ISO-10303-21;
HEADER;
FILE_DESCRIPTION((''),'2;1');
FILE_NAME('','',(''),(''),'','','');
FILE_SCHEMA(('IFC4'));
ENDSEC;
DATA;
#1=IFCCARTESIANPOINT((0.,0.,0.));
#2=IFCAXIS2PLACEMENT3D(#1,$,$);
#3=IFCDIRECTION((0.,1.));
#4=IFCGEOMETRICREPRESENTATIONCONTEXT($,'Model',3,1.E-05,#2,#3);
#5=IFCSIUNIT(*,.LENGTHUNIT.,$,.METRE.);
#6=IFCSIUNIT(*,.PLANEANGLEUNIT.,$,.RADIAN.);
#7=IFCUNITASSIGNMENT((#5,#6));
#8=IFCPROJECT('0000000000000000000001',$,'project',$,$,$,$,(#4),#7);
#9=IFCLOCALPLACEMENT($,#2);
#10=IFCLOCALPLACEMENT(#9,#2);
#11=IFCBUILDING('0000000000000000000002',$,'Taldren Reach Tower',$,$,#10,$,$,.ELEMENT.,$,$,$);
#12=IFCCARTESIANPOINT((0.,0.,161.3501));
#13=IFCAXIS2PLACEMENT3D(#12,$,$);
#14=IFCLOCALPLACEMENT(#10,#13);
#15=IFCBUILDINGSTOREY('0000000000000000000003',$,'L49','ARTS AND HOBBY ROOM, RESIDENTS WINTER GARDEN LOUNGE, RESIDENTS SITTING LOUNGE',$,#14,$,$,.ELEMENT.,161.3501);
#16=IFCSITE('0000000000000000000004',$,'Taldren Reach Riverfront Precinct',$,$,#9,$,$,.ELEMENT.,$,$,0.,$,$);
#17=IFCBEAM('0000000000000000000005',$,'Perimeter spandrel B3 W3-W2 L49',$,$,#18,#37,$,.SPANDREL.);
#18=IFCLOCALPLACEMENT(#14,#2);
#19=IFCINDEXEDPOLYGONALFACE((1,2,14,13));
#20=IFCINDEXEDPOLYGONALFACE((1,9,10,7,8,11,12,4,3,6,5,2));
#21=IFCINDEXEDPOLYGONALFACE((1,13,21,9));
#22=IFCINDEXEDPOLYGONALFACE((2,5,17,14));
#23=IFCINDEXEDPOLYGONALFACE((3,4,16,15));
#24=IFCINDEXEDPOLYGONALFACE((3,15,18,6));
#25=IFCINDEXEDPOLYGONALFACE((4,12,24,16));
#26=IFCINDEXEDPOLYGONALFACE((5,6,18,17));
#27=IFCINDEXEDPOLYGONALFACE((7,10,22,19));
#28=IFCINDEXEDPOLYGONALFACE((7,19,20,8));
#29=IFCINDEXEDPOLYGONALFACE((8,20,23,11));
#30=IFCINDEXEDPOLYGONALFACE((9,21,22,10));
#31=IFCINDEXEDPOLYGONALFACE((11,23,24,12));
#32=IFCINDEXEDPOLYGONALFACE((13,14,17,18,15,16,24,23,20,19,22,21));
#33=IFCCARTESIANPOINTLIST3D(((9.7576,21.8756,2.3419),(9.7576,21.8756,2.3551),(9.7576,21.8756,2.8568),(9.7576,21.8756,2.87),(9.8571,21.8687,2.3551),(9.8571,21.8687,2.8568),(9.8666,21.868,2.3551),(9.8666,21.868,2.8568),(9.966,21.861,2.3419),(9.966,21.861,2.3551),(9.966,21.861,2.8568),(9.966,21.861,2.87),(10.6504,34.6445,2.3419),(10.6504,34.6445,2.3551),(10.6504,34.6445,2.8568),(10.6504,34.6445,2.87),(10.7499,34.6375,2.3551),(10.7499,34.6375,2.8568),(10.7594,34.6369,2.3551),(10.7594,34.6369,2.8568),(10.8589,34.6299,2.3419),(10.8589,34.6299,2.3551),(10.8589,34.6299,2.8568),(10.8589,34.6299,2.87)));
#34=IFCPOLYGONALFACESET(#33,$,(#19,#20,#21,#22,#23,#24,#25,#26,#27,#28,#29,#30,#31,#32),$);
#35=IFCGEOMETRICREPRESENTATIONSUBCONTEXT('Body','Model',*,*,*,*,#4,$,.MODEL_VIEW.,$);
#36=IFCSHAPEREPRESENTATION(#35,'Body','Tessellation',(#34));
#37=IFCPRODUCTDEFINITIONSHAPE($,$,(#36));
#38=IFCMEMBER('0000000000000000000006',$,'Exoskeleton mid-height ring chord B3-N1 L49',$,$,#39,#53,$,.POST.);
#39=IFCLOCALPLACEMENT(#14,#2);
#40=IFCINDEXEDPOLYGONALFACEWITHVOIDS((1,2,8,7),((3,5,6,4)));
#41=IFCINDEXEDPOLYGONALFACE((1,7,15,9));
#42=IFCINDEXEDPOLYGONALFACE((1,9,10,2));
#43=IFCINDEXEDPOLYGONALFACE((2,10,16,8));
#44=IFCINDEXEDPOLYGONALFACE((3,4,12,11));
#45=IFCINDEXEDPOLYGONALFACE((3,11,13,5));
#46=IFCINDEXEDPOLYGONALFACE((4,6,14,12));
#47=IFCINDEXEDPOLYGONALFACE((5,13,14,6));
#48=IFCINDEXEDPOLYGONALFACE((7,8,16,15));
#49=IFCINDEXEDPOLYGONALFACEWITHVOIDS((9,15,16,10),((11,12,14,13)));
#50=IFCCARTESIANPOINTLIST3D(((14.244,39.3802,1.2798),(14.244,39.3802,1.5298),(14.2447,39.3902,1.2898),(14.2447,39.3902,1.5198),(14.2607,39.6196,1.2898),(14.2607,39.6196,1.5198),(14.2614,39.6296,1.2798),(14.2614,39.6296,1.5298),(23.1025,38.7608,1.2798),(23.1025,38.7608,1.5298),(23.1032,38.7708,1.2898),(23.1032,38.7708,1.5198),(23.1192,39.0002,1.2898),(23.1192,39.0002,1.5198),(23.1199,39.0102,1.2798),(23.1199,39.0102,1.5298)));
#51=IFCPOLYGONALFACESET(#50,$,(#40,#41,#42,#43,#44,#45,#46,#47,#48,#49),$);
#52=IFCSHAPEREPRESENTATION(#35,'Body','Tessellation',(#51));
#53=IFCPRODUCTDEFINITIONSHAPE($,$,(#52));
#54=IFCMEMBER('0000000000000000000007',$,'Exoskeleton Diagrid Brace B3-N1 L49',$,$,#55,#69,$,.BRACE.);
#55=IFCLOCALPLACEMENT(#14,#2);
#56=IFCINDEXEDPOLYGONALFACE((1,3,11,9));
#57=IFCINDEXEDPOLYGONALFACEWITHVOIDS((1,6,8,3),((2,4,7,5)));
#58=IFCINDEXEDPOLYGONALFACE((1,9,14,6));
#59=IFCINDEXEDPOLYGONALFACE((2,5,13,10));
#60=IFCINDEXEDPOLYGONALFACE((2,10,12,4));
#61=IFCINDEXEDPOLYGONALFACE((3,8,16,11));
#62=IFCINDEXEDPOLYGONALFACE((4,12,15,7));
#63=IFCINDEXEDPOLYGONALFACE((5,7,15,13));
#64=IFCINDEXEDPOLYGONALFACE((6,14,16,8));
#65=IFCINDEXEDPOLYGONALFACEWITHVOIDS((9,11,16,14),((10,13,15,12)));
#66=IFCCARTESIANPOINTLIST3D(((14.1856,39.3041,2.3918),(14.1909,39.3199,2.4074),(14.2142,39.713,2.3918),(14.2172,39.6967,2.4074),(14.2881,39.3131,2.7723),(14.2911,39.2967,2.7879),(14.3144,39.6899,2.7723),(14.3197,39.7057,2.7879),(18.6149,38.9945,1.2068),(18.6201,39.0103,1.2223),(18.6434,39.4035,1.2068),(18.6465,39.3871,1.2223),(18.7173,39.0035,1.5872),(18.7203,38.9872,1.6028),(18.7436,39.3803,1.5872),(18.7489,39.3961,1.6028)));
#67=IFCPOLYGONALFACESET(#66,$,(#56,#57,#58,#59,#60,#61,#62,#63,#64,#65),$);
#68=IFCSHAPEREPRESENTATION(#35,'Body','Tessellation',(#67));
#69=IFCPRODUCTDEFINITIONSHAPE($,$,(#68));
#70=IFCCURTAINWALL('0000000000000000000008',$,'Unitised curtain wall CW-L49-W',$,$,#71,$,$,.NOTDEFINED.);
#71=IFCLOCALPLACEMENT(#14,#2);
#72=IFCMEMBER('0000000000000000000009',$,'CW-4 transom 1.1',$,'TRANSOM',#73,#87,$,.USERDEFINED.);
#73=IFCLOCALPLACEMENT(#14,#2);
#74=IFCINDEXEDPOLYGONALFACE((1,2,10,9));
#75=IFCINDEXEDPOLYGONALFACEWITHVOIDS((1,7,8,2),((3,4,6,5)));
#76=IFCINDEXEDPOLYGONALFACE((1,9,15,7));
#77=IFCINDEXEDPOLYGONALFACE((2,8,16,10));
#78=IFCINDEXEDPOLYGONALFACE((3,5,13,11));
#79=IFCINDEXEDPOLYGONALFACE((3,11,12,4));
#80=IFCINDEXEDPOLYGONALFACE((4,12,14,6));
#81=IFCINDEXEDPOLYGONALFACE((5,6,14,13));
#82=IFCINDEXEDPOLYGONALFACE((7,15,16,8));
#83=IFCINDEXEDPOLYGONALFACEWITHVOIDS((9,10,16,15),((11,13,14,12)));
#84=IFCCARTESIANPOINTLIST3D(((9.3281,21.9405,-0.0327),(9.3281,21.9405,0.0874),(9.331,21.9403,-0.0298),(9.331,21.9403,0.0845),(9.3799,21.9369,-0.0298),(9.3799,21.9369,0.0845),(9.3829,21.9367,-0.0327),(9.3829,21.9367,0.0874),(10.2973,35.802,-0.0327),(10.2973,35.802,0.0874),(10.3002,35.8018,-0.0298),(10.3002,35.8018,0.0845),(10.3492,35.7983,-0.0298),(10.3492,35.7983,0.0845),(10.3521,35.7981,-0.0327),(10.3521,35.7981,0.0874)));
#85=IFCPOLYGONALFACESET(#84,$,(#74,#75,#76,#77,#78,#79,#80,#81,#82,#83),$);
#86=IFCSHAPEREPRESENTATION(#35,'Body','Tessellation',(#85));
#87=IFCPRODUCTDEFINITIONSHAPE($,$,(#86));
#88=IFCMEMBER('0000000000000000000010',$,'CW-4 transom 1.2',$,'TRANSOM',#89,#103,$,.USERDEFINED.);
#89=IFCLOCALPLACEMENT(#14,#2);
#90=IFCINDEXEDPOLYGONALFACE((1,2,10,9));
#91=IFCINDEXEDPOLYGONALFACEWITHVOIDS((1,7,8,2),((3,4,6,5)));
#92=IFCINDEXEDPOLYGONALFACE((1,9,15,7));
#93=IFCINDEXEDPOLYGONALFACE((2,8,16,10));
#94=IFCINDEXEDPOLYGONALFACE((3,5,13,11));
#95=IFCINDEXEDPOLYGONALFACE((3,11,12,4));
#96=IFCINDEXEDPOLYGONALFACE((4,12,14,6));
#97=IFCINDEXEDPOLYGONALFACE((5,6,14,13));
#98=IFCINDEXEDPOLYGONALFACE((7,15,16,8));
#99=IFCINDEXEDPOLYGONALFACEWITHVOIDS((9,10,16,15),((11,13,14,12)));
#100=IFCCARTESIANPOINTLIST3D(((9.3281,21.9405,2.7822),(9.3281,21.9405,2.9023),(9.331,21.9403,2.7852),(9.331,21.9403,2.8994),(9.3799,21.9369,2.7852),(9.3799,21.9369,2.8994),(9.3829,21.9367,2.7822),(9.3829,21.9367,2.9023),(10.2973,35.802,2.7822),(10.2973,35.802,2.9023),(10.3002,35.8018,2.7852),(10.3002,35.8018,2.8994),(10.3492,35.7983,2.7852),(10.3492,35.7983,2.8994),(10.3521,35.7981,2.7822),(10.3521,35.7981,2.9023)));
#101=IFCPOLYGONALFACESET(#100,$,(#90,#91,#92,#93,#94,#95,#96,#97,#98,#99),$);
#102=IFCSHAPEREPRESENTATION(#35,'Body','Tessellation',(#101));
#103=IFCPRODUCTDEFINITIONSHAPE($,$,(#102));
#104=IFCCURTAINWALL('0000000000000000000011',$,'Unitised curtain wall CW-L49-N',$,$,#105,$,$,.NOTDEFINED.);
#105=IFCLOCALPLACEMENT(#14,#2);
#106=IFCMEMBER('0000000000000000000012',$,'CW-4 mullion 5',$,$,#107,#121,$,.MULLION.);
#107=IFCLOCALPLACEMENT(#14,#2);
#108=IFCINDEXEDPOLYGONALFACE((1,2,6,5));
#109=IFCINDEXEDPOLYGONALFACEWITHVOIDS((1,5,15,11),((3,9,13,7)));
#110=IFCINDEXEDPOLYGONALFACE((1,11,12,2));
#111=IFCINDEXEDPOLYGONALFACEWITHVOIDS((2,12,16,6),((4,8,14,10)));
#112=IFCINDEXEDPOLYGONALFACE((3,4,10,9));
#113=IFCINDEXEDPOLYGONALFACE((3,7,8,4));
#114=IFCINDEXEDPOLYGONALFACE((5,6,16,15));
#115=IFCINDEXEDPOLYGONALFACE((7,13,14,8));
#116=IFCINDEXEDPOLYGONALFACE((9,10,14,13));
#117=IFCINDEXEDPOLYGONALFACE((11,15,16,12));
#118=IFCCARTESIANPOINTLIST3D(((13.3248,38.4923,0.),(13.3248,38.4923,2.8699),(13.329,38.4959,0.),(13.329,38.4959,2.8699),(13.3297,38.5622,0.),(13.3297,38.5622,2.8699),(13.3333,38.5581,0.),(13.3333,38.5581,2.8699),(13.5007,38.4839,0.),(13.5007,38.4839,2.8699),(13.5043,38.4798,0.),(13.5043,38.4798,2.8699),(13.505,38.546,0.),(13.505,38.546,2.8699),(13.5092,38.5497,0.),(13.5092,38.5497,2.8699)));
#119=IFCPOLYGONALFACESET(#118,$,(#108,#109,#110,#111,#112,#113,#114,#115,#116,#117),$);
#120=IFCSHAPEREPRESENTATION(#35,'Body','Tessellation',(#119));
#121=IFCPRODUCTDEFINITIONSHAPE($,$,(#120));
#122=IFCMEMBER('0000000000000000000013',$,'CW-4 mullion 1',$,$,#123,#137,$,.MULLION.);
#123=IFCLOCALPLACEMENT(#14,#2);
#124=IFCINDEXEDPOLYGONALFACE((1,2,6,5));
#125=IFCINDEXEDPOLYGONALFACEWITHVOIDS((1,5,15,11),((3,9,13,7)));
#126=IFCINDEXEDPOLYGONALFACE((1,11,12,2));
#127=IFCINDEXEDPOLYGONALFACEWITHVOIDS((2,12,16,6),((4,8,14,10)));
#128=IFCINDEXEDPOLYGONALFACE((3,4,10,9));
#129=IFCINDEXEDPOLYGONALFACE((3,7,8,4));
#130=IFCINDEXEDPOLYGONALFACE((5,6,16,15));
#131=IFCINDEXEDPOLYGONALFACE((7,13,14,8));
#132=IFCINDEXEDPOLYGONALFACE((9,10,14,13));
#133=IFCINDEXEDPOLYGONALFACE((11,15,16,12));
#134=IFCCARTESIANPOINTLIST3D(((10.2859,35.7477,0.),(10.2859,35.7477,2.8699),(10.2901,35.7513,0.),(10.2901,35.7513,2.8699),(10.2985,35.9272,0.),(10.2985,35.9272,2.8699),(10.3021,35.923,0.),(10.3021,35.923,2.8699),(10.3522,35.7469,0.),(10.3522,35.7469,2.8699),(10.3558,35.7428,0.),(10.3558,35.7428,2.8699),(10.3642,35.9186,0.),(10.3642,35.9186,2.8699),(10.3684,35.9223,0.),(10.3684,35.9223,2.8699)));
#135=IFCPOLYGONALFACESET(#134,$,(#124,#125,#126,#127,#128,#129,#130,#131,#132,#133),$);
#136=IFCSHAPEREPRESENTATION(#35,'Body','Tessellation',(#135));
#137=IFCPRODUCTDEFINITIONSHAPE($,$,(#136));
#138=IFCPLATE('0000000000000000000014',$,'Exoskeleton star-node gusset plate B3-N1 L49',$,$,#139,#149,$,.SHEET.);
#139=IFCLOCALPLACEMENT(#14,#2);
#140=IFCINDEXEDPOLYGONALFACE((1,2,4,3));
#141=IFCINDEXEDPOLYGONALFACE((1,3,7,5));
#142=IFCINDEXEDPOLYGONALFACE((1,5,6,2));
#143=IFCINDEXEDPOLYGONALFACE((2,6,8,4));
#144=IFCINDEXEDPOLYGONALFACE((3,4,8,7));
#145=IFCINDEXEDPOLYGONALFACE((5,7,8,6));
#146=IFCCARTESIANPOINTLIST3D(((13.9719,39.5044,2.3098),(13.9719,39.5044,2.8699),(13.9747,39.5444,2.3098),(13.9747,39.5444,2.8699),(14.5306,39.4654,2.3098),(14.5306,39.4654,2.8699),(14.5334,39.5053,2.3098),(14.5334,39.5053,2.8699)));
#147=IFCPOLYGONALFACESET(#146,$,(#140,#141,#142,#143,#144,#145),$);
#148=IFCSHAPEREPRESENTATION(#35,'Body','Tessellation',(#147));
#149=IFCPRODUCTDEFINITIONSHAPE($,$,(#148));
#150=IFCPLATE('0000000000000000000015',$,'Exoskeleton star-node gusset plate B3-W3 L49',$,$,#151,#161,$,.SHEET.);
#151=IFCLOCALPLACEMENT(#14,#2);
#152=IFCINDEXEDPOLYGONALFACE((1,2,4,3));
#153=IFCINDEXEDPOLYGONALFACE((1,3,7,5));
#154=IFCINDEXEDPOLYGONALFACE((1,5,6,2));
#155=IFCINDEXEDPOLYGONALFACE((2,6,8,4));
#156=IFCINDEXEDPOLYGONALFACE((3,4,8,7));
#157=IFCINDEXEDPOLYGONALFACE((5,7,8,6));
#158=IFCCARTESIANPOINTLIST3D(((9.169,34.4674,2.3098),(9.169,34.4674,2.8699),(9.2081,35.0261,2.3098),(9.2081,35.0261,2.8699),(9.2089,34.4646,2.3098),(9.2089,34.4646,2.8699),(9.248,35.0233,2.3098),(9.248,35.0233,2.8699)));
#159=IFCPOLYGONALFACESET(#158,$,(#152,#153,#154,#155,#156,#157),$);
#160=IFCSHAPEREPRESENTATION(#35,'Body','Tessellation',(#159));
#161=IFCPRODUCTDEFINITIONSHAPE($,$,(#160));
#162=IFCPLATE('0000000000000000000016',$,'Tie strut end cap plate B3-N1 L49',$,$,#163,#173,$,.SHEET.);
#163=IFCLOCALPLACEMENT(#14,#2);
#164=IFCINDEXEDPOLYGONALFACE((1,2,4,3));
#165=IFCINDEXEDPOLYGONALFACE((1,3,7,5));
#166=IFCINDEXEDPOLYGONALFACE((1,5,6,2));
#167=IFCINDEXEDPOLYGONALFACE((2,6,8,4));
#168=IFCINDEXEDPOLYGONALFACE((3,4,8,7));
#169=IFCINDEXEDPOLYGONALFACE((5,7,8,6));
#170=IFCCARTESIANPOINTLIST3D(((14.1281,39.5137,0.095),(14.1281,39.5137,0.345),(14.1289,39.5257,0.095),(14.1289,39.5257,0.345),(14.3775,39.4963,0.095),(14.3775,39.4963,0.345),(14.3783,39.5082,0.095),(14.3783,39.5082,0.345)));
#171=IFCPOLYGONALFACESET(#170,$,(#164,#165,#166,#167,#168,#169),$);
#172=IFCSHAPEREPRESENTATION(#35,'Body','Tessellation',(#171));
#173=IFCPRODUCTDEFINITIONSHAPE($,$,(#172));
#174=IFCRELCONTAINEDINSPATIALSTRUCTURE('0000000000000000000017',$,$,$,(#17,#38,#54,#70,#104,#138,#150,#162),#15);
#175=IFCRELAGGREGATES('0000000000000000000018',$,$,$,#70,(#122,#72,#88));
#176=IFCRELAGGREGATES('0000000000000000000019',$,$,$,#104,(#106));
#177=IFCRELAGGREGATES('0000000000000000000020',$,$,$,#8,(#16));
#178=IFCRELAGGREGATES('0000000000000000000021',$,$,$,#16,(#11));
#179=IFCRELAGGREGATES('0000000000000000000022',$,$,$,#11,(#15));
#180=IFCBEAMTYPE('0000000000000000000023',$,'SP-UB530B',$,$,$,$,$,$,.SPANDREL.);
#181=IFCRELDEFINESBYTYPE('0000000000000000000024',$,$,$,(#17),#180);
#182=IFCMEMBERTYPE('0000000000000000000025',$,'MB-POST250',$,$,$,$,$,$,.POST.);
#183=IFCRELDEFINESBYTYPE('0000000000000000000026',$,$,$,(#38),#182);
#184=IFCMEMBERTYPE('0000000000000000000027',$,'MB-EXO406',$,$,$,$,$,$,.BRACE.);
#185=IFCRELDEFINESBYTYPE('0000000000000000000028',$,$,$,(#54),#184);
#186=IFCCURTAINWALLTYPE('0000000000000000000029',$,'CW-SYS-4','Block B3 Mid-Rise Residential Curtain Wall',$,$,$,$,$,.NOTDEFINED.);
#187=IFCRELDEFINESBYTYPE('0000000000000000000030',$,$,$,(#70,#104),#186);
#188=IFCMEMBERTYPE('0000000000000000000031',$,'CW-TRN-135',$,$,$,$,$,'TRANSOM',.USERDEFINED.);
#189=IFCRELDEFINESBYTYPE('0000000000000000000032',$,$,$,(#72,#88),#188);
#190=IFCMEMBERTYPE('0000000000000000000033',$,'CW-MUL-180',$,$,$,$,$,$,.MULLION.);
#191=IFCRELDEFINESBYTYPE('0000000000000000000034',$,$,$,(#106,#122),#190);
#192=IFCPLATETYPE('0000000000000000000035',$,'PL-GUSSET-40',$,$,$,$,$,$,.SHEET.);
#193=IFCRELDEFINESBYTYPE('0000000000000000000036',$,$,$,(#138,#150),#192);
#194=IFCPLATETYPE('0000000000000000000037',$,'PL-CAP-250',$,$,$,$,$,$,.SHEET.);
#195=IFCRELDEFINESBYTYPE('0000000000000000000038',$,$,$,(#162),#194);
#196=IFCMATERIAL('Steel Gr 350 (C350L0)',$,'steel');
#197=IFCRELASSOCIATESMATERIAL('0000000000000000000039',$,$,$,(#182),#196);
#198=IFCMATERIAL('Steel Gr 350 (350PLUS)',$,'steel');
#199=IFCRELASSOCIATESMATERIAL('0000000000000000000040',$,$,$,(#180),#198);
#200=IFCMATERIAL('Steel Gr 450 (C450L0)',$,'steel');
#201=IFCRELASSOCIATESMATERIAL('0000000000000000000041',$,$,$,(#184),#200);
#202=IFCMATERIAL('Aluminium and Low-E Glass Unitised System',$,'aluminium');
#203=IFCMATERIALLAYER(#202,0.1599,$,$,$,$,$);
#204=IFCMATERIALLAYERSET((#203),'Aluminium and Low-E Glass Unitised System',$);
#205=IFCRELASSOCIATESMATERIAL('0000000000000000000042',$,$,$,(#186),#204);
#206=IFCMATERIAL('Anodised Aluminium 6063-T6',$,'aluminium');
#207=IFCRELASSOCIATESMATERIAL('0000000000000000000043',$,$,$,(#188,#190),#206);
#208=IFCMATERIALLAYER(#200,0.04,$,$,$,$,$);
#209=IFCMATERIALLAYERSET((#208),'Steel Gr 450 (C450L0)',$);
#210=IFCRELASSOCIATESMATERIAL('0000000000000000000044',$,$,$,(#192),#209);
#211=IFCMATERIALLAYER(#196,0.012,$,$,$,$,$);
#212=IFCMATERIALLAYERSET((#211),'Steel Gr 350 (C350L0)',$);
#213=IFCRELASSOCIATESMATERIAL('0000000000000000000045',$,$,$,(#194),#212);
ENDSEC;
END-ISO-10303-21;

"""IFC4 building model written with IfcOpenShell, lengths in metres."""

from ifc_helpers import new_model, si_unit, direction, frame, origin, origin_2d, place, context, subcontext, project, spatial, rectangle, hollow_rectangle, i_section, extrude, source, transform, mapped, material, layer, layer_set, material_profile, profile_set, type_object, element, aggregate, save


model = new_model("IFC4")

# Units and contexts
model_context = context("Model", 3, precision=1e-05, world=origin(), true_north=direction((0.0, 1.0)))
body_context = subcontext(model_context, "Body", "Model", "MODEL_VIEW")
ifc_project = project(units=[si_unit("LENGTHUNIT", "METRE"), si_unit("PLANEANGLEUNIT", "RADIAN")], contexts=[model_context])

# Site, building, storey
site_placement = place(None, origin())
site = spatial("IfcSite", under=ifc_project, at=site_placement, Name="Taldren Reach Riverfront Precinct", CompositionType="ELEMENT", RefElevation=0.0)
building_placement = place(site_placement, origin())
building = spatial("IfcBuilding", under=site, at=building_placement, Name="Taldren Reach Tower", CompositionType="ELEMENT")
storey_placement = place(building_placement, frame((0.0, 0.0, 161.3501)))
storey = spatial("IfcBuildingStorey", under=building, at=storey_placement, Name="L49", Description="ARTS AND HOBBY ROOM, RESIDENTS WINTER GARDEN LOUNGE, RESIDENTS SITTING LOUNGE", CompositionType="ELEMENT", Elevation=161.3501)

# Shared definitions
ifc_material_1 = material(Name="Steel Gr 450 (C450L0)", Category="steel")
ifc_material_2 = material(Name="Steel Gr 350 (350PLUS)", Category="steel")

# Shared definitions
ifc_material_3 = material(Name="Steel Gr 350 (C350L0)", Category="steel")
ifc_material_profile_1 = material_profile(ifc_material_3, hollow_rectangle(XDim=0.25, YDim=0.25, WallThickness=0.01, at=origin_2d()), Name="250x250x10.0SHS")
ifc_profile_set_1 = profile_set([ifc_material_profile_1], Name="Steel Gr 350 (C350L0)")
member_type_1 = type_object("IfcMemberType", Name="MB-POST250", PredefinedType="POST", material=ifc_profile_set_1)

# Beam
ifc_material_profile_2 = material_profile(ifc_material_2, i_section(OverallWidth=0.209, OverallDepth=0.5281, WebThickness=0.0095, FlangeThickness=0.0132, at=origin_2d()), Name="530UB82.0")
ifc_profile_set_2 = profile_set([ifc_material_profile_2], Name="Steel Gr 350 (350PLUS)")
beam_type_1 = type_object("IfcBeamType", Name="SP-UB530B", PredefinedType="SPANDREL", material=ifc_profile_set_2)
shared_shape_1 = source(origin(), body_context, "Body", "SweptSolid", [
    extrude(i_section(OverallWidth=0.209, OverallDepth=0.5281, WebThickness=0.0095, FlangeThickness=0.0132, at=origin_2d()), origin(), (0.0, 0.0, 1.0), 12.8),
])
beam_1_placement = place(storey_placement, frame((10.7546, 34.6372, 2.606), z_axis=(-0.069752, -0.997564, 0.0), x_axis=(0.997564, -0.069752, 0.0)))
element("IfcBeam", 1, at=beam_1_placement, inside=storey, type_object=beam_type_1, Name="Perimeter spandrel B3 W3-W2 L49", PredefinedType="SPANDREL", context=body_context, shape_type="MappedRepresentation", body=[
    mapped(shared_shape_1, transform((0.0, 0.0, 0.0), scale=1.0)),
])

# Members
shared_shape_2 = source(origin(), body_context, "Body", "SweptSolid", [
    extrude(hollow_rectangle(XDim=0.25, YDim=0.25, WallThickness=0.01, at=origin_2d()), origin(), (0.0, 0.0, 1.0), 8.8801),
])
member_1_placement = place(storey_placement, frame((14.2527, 39.5049, 1.4048), z_axis=(0.997564, -0.06975, 0.0), x_axis=(0.06975, 0.997564, 0.0)))
element("IfcMember", 2, at=member_1_placement, inside=storey, type_object=member_type_1, Name="Exoskeleton mid-height ring chord B3-N1 L49", PredefinedType="POST", context=body_context, shape_type="MappedRepresentation", body=[
    mapped(shared_shape_2, transform((0.0, 0.0, 0.0), scale=1.0)),
])
ifc_material_profile_3 = material_profile(ifc_material_1, hollow_rectangle(XDim=0.4099, YDim=0.4099, WallThickness=0.0161, at=origin_2d()), Name="410x410x16.0SHS")
ifc_profile_set_3 = profile_set([ifc_material_profile_3], Name="Steel Gr 450 (C450L0)")
member_type_2 = type_object("IfcMemberType", Name="MB-EXO406", PredefinedType="BRACE", material=ifc_profile_set_3)
shared_shape_3 = source(origin(), body_context, "Body", "SweptSolid", [
    extrude(hollow_rectangle(XDim=0.4099, YDim=0.4099, WallThickness=0.0161, at=origin_2d()), origin(), (0.0, 0.0, 1.0), 4.5955),
])
member_2_placement = place(storey_placement, frame((18.6819, 39.1953, 1.4048), z_axis=(-0.963826, 0.067365, 0.257877), x_axis=(-0.069723, -0.997566, 0.0)))
element("IfcMember", 3, at=member_2_placement, inside=storey, type_object=member_type_2, Name="Exoskeleton Diagrid Brace B3-N1 L49", PredefinedType="BRACE", context=body_context, shape_type="MappedRepresentation", body=[
    mapped(shared_shape_3, transform((0.0, 0.0, 0.0), scale=1.0)),
])

# Curtain wall, members
ifc_material_4 = material(Name="Aluminium and Low-E Glass Unitised System", Category="aluminium")
ifc_layer_1 = layer(ifc_material_4, 0.1599)
ifc_layer_set_1 = layer_set([ifc_layer_1], Name="Aluminium and Low-E Glass Unitised System")
curtain_wall_type = type_object("IfcCurtainWallType", Name="CW-SYS-4", Description="Block B3 Mid-Rise Residential Curtain Wall", PredefinedType="NOTDEFINED", material=ifc_layer_set_1)
curtain_wall_1_placement = place(storey_placement, origin())
curtain_wall_1 = element("IfcCurtainWall", 4, at=curtain_wall_1_placement, inside=storey, type_object=curtain_wall_type, Name="Unitised curtain wall CW-L49-W", PredefinedType="NOTDEFINED")
ifc_material_5 = material(Name="Anodised Aluminium 6063-T6", Category="aluminium")
ifc_material_profile_4 = material_profile(ifc_material_5, hollow_rectangle(XDim=0.0549, YDim=0.1201, WallThickness=0.0029, at=origin_2d()), Name="ALU-120x55x3RHS")
ifc_profile_set_4 = profile_set([ifc_material_profile_4], Name="Anodised Aluminium 6063-T6")
member_type_3 = type_object("IfcMemberType", Name="CW-TRN-135", ElementType="TRANSOM", PredefinedType="USERDEFINED", material=ifc_profile_set_4)
shared_shape_4 = source(origin(), body_context, "Body", "SweptSolid", [
    extrude(hollow_rectangle(XDim=0.0549, YDim=0.1201, WallThickness=0.0029, at=origin_2d()), origin(), (0.0, 0.0, 1.0), 13.8953),
])
member_3_placement = place(storey_placement, frame((10.3247, 35.8, 0.0273), z_axis=(-0.069754, -0.997564, 0.0), x_axis=(0.997564, -0.069754, 0.0)))
member_3 = element("IfcMember", 5, at=member_3_placement, type_object=member_type_3, Name="CW-4 transom 1.1", ObjectType="TRANSOM", PredefinedType="USERDEFINED", context=body_context, shape_type="MappedRepresentation", body=[
    mapped(shared_shape_4, transform((0.0, 0.0, 0.0), scale=1.0)),
])
member_4_placement = place(storey_placement, frame((10.3247, 35.8, 2.8423), z_axis=(-0.069754, -0.997564, 0.0), x_axis=(0.997564, -0.069754, 0.0)))
member_4 = element("IfcMember", 6, at=member_4_placement, type_object=member_type_3, Name="CW-4 transom 1.2", ObjectType="TRANSOM", PredefinedType="USERDEFINED", context=body_context, shape_type="MappedRepresentation", body=[
    mapped(shared_shape_4, transform((0.0, 0.0, 0.0), scale=1.0)),
])

# Curtain wall, member
curtain_wall_2_placement = place(storey_placement, origin())
curtain_wall_2 = element("IfcCurtainWall", 7, at=curtain_wall_2_placement, inside=storey, type_object=curtain_wall_type, Name="Unitised curtain wall CW-L49-N", PredefinedType="NOTDEFINED")
ifc_material_profile_5 = material_profile(ifc_material_5, hollow_rectangle(XDim=0.0701, YDim=0.1799, WallThickness=0.0039, at=origin_2d()), Name="ALU-180x70x4RHS")
ifc_profile_set_5 = profile_set([ifc_material_profile_5], Name="Anodised Aluminium 6063-T6")
member_type_4 = type_object("IfcMemberType", Name="CW-MUL-180", PredefinedType="MULLION", material=ifc_profile_set_5)
shared_shape_5 = source(origin(), body_context, "Body", "SweptSolid", [
    extrude(hollow_rectangle(XDim=0.0701, YDim=0.1799, WallThickness=0.0039, at=origin_2d()), origin(), (0.0, 0.0, 1.0), 2.8699),
])
member_5_placement = place(storey_placement, frame((13.417, 38.521, 0.0), z_axis=(0.0, 0.0, 1.0), x_axis=(-0.069757, -0.997564, 0.0)))
member_5 = element("IfcMember", 8, at=member_5_placement, type_object=member_type_4, Name="CW-4 mullion 5", PredefinedType="MULLION", context=body_context, shape_type="MappedRepresentation", body=[
    mapped(shared_shape_5, transform((0.0, 0.0, 0.0), scale=1.0)),
])

# Member
member_6_placement = place(storey_placement, frame((10.3271, 35.835, 0.0), z_axis=(0.0, 0.0, 1.0), x_axis=(0.997564, -0.069756, 0.0)))
member_6 = element("IfcMember", 9, at=member_6_placement, type_object=member_type_4, Name="CW-4 mullion 1", PredefinedType="MULLION", context=body_context, shape_type="MappedRepresentation", body=[
    mapped(shared_shape_5, transform((0.0, 0.0, 0.0), scale=1.0)),
])
aggregate(curtain_wall_1, [member_6, member_3, member_4])

# Plates
ifc_layer_2 = layer(ifc_material_1, 0.04)
ifc_layer_set_2 = layer_set([ifc_layer_2], Name="Steel Gr 450 (C450L0)")
plate_type_1 = type_object("IfcPlateType", Name="PL-GUSSET-40", PredefinedType="SHEET", material=ifc_layer_set_2)
shared_shape_6 = source(origin(), body_context, "Body", "SweptSolid", [
    extrude(rectangle(XDim=0.5601, YDim=0.04, at=origin_2d()), origin(), (0.0, 0.0, 1.0), 0.5601),
])
for number, where, z_axis, x_axis, name in (
    (10, (14.2527, 39.5049, 2.3098), (0.0, 0.0, 1.0), (0.997564, -0.069756, 0.0), "Exoskeleton star-node gusset plate B3-N1 L49"),
    (11, (9.2085, 34.7454, 2.3098), (0.0, 0.0, 1.0), (0.069756, 0.997564, 0.0), "Exoskeleton star-node gusset plate B3-W3 L49"),
):
    element("IfcPlate", number, at=place(storey_placement, frame(where, z_axis=z_axis, x_axis=x_axis)), inside=storey, type_object=plate_type_1, Name=name, PredefinedType="SHEET", context=body_context, shape_type="MappedRepresentation", body=[
        mapped(shared_shape_6, transform((0.0, 0.0, 0.0), scale=1.0)),
    ])
ifc_layer_3 = layer(ifc_material_3, 0.012)
ifc_layer_set_3 = layer_set([ifc_layer_3], Name="Steel Gr 350 (C350L0)")
plate_type_2 = type_object("IfcPlateType", Name="PL-CAP-250", PredefinedType="SHEET", material=ifc_layer_set_3)
shared_shape_7 = source(origin(), body_context, "Body", "SweptSolid", [
    extrude(rectangle(XDim=0.25, YDim=0.012, at=origin_2d()), origin(), (0.0, 0.0, 1.0), 0.25),
])
plate_1_placement = place(storey_placement, frame((14.2532, 39.511, 0.095), z_axis=(0.0, 0.0, 1.0), x_axis=(0.997564, -0.069756, 0.0)))
element("IfcPlate", 12, at=plate_1_placement, inside=storey, type_object=plate_type_2, Name="Tie strut end cap plate B3-N1 L49", PredefinedType="SHEET", context=body_context, shape_type="MappedRepresentation", body=[
    mapped(shared_shape_7, transform((0.0, 0.0, 0.0), scale=1.0)),
])

aggregate(curtain_wall_2, [member_5])

save(model, "model.ifc")
